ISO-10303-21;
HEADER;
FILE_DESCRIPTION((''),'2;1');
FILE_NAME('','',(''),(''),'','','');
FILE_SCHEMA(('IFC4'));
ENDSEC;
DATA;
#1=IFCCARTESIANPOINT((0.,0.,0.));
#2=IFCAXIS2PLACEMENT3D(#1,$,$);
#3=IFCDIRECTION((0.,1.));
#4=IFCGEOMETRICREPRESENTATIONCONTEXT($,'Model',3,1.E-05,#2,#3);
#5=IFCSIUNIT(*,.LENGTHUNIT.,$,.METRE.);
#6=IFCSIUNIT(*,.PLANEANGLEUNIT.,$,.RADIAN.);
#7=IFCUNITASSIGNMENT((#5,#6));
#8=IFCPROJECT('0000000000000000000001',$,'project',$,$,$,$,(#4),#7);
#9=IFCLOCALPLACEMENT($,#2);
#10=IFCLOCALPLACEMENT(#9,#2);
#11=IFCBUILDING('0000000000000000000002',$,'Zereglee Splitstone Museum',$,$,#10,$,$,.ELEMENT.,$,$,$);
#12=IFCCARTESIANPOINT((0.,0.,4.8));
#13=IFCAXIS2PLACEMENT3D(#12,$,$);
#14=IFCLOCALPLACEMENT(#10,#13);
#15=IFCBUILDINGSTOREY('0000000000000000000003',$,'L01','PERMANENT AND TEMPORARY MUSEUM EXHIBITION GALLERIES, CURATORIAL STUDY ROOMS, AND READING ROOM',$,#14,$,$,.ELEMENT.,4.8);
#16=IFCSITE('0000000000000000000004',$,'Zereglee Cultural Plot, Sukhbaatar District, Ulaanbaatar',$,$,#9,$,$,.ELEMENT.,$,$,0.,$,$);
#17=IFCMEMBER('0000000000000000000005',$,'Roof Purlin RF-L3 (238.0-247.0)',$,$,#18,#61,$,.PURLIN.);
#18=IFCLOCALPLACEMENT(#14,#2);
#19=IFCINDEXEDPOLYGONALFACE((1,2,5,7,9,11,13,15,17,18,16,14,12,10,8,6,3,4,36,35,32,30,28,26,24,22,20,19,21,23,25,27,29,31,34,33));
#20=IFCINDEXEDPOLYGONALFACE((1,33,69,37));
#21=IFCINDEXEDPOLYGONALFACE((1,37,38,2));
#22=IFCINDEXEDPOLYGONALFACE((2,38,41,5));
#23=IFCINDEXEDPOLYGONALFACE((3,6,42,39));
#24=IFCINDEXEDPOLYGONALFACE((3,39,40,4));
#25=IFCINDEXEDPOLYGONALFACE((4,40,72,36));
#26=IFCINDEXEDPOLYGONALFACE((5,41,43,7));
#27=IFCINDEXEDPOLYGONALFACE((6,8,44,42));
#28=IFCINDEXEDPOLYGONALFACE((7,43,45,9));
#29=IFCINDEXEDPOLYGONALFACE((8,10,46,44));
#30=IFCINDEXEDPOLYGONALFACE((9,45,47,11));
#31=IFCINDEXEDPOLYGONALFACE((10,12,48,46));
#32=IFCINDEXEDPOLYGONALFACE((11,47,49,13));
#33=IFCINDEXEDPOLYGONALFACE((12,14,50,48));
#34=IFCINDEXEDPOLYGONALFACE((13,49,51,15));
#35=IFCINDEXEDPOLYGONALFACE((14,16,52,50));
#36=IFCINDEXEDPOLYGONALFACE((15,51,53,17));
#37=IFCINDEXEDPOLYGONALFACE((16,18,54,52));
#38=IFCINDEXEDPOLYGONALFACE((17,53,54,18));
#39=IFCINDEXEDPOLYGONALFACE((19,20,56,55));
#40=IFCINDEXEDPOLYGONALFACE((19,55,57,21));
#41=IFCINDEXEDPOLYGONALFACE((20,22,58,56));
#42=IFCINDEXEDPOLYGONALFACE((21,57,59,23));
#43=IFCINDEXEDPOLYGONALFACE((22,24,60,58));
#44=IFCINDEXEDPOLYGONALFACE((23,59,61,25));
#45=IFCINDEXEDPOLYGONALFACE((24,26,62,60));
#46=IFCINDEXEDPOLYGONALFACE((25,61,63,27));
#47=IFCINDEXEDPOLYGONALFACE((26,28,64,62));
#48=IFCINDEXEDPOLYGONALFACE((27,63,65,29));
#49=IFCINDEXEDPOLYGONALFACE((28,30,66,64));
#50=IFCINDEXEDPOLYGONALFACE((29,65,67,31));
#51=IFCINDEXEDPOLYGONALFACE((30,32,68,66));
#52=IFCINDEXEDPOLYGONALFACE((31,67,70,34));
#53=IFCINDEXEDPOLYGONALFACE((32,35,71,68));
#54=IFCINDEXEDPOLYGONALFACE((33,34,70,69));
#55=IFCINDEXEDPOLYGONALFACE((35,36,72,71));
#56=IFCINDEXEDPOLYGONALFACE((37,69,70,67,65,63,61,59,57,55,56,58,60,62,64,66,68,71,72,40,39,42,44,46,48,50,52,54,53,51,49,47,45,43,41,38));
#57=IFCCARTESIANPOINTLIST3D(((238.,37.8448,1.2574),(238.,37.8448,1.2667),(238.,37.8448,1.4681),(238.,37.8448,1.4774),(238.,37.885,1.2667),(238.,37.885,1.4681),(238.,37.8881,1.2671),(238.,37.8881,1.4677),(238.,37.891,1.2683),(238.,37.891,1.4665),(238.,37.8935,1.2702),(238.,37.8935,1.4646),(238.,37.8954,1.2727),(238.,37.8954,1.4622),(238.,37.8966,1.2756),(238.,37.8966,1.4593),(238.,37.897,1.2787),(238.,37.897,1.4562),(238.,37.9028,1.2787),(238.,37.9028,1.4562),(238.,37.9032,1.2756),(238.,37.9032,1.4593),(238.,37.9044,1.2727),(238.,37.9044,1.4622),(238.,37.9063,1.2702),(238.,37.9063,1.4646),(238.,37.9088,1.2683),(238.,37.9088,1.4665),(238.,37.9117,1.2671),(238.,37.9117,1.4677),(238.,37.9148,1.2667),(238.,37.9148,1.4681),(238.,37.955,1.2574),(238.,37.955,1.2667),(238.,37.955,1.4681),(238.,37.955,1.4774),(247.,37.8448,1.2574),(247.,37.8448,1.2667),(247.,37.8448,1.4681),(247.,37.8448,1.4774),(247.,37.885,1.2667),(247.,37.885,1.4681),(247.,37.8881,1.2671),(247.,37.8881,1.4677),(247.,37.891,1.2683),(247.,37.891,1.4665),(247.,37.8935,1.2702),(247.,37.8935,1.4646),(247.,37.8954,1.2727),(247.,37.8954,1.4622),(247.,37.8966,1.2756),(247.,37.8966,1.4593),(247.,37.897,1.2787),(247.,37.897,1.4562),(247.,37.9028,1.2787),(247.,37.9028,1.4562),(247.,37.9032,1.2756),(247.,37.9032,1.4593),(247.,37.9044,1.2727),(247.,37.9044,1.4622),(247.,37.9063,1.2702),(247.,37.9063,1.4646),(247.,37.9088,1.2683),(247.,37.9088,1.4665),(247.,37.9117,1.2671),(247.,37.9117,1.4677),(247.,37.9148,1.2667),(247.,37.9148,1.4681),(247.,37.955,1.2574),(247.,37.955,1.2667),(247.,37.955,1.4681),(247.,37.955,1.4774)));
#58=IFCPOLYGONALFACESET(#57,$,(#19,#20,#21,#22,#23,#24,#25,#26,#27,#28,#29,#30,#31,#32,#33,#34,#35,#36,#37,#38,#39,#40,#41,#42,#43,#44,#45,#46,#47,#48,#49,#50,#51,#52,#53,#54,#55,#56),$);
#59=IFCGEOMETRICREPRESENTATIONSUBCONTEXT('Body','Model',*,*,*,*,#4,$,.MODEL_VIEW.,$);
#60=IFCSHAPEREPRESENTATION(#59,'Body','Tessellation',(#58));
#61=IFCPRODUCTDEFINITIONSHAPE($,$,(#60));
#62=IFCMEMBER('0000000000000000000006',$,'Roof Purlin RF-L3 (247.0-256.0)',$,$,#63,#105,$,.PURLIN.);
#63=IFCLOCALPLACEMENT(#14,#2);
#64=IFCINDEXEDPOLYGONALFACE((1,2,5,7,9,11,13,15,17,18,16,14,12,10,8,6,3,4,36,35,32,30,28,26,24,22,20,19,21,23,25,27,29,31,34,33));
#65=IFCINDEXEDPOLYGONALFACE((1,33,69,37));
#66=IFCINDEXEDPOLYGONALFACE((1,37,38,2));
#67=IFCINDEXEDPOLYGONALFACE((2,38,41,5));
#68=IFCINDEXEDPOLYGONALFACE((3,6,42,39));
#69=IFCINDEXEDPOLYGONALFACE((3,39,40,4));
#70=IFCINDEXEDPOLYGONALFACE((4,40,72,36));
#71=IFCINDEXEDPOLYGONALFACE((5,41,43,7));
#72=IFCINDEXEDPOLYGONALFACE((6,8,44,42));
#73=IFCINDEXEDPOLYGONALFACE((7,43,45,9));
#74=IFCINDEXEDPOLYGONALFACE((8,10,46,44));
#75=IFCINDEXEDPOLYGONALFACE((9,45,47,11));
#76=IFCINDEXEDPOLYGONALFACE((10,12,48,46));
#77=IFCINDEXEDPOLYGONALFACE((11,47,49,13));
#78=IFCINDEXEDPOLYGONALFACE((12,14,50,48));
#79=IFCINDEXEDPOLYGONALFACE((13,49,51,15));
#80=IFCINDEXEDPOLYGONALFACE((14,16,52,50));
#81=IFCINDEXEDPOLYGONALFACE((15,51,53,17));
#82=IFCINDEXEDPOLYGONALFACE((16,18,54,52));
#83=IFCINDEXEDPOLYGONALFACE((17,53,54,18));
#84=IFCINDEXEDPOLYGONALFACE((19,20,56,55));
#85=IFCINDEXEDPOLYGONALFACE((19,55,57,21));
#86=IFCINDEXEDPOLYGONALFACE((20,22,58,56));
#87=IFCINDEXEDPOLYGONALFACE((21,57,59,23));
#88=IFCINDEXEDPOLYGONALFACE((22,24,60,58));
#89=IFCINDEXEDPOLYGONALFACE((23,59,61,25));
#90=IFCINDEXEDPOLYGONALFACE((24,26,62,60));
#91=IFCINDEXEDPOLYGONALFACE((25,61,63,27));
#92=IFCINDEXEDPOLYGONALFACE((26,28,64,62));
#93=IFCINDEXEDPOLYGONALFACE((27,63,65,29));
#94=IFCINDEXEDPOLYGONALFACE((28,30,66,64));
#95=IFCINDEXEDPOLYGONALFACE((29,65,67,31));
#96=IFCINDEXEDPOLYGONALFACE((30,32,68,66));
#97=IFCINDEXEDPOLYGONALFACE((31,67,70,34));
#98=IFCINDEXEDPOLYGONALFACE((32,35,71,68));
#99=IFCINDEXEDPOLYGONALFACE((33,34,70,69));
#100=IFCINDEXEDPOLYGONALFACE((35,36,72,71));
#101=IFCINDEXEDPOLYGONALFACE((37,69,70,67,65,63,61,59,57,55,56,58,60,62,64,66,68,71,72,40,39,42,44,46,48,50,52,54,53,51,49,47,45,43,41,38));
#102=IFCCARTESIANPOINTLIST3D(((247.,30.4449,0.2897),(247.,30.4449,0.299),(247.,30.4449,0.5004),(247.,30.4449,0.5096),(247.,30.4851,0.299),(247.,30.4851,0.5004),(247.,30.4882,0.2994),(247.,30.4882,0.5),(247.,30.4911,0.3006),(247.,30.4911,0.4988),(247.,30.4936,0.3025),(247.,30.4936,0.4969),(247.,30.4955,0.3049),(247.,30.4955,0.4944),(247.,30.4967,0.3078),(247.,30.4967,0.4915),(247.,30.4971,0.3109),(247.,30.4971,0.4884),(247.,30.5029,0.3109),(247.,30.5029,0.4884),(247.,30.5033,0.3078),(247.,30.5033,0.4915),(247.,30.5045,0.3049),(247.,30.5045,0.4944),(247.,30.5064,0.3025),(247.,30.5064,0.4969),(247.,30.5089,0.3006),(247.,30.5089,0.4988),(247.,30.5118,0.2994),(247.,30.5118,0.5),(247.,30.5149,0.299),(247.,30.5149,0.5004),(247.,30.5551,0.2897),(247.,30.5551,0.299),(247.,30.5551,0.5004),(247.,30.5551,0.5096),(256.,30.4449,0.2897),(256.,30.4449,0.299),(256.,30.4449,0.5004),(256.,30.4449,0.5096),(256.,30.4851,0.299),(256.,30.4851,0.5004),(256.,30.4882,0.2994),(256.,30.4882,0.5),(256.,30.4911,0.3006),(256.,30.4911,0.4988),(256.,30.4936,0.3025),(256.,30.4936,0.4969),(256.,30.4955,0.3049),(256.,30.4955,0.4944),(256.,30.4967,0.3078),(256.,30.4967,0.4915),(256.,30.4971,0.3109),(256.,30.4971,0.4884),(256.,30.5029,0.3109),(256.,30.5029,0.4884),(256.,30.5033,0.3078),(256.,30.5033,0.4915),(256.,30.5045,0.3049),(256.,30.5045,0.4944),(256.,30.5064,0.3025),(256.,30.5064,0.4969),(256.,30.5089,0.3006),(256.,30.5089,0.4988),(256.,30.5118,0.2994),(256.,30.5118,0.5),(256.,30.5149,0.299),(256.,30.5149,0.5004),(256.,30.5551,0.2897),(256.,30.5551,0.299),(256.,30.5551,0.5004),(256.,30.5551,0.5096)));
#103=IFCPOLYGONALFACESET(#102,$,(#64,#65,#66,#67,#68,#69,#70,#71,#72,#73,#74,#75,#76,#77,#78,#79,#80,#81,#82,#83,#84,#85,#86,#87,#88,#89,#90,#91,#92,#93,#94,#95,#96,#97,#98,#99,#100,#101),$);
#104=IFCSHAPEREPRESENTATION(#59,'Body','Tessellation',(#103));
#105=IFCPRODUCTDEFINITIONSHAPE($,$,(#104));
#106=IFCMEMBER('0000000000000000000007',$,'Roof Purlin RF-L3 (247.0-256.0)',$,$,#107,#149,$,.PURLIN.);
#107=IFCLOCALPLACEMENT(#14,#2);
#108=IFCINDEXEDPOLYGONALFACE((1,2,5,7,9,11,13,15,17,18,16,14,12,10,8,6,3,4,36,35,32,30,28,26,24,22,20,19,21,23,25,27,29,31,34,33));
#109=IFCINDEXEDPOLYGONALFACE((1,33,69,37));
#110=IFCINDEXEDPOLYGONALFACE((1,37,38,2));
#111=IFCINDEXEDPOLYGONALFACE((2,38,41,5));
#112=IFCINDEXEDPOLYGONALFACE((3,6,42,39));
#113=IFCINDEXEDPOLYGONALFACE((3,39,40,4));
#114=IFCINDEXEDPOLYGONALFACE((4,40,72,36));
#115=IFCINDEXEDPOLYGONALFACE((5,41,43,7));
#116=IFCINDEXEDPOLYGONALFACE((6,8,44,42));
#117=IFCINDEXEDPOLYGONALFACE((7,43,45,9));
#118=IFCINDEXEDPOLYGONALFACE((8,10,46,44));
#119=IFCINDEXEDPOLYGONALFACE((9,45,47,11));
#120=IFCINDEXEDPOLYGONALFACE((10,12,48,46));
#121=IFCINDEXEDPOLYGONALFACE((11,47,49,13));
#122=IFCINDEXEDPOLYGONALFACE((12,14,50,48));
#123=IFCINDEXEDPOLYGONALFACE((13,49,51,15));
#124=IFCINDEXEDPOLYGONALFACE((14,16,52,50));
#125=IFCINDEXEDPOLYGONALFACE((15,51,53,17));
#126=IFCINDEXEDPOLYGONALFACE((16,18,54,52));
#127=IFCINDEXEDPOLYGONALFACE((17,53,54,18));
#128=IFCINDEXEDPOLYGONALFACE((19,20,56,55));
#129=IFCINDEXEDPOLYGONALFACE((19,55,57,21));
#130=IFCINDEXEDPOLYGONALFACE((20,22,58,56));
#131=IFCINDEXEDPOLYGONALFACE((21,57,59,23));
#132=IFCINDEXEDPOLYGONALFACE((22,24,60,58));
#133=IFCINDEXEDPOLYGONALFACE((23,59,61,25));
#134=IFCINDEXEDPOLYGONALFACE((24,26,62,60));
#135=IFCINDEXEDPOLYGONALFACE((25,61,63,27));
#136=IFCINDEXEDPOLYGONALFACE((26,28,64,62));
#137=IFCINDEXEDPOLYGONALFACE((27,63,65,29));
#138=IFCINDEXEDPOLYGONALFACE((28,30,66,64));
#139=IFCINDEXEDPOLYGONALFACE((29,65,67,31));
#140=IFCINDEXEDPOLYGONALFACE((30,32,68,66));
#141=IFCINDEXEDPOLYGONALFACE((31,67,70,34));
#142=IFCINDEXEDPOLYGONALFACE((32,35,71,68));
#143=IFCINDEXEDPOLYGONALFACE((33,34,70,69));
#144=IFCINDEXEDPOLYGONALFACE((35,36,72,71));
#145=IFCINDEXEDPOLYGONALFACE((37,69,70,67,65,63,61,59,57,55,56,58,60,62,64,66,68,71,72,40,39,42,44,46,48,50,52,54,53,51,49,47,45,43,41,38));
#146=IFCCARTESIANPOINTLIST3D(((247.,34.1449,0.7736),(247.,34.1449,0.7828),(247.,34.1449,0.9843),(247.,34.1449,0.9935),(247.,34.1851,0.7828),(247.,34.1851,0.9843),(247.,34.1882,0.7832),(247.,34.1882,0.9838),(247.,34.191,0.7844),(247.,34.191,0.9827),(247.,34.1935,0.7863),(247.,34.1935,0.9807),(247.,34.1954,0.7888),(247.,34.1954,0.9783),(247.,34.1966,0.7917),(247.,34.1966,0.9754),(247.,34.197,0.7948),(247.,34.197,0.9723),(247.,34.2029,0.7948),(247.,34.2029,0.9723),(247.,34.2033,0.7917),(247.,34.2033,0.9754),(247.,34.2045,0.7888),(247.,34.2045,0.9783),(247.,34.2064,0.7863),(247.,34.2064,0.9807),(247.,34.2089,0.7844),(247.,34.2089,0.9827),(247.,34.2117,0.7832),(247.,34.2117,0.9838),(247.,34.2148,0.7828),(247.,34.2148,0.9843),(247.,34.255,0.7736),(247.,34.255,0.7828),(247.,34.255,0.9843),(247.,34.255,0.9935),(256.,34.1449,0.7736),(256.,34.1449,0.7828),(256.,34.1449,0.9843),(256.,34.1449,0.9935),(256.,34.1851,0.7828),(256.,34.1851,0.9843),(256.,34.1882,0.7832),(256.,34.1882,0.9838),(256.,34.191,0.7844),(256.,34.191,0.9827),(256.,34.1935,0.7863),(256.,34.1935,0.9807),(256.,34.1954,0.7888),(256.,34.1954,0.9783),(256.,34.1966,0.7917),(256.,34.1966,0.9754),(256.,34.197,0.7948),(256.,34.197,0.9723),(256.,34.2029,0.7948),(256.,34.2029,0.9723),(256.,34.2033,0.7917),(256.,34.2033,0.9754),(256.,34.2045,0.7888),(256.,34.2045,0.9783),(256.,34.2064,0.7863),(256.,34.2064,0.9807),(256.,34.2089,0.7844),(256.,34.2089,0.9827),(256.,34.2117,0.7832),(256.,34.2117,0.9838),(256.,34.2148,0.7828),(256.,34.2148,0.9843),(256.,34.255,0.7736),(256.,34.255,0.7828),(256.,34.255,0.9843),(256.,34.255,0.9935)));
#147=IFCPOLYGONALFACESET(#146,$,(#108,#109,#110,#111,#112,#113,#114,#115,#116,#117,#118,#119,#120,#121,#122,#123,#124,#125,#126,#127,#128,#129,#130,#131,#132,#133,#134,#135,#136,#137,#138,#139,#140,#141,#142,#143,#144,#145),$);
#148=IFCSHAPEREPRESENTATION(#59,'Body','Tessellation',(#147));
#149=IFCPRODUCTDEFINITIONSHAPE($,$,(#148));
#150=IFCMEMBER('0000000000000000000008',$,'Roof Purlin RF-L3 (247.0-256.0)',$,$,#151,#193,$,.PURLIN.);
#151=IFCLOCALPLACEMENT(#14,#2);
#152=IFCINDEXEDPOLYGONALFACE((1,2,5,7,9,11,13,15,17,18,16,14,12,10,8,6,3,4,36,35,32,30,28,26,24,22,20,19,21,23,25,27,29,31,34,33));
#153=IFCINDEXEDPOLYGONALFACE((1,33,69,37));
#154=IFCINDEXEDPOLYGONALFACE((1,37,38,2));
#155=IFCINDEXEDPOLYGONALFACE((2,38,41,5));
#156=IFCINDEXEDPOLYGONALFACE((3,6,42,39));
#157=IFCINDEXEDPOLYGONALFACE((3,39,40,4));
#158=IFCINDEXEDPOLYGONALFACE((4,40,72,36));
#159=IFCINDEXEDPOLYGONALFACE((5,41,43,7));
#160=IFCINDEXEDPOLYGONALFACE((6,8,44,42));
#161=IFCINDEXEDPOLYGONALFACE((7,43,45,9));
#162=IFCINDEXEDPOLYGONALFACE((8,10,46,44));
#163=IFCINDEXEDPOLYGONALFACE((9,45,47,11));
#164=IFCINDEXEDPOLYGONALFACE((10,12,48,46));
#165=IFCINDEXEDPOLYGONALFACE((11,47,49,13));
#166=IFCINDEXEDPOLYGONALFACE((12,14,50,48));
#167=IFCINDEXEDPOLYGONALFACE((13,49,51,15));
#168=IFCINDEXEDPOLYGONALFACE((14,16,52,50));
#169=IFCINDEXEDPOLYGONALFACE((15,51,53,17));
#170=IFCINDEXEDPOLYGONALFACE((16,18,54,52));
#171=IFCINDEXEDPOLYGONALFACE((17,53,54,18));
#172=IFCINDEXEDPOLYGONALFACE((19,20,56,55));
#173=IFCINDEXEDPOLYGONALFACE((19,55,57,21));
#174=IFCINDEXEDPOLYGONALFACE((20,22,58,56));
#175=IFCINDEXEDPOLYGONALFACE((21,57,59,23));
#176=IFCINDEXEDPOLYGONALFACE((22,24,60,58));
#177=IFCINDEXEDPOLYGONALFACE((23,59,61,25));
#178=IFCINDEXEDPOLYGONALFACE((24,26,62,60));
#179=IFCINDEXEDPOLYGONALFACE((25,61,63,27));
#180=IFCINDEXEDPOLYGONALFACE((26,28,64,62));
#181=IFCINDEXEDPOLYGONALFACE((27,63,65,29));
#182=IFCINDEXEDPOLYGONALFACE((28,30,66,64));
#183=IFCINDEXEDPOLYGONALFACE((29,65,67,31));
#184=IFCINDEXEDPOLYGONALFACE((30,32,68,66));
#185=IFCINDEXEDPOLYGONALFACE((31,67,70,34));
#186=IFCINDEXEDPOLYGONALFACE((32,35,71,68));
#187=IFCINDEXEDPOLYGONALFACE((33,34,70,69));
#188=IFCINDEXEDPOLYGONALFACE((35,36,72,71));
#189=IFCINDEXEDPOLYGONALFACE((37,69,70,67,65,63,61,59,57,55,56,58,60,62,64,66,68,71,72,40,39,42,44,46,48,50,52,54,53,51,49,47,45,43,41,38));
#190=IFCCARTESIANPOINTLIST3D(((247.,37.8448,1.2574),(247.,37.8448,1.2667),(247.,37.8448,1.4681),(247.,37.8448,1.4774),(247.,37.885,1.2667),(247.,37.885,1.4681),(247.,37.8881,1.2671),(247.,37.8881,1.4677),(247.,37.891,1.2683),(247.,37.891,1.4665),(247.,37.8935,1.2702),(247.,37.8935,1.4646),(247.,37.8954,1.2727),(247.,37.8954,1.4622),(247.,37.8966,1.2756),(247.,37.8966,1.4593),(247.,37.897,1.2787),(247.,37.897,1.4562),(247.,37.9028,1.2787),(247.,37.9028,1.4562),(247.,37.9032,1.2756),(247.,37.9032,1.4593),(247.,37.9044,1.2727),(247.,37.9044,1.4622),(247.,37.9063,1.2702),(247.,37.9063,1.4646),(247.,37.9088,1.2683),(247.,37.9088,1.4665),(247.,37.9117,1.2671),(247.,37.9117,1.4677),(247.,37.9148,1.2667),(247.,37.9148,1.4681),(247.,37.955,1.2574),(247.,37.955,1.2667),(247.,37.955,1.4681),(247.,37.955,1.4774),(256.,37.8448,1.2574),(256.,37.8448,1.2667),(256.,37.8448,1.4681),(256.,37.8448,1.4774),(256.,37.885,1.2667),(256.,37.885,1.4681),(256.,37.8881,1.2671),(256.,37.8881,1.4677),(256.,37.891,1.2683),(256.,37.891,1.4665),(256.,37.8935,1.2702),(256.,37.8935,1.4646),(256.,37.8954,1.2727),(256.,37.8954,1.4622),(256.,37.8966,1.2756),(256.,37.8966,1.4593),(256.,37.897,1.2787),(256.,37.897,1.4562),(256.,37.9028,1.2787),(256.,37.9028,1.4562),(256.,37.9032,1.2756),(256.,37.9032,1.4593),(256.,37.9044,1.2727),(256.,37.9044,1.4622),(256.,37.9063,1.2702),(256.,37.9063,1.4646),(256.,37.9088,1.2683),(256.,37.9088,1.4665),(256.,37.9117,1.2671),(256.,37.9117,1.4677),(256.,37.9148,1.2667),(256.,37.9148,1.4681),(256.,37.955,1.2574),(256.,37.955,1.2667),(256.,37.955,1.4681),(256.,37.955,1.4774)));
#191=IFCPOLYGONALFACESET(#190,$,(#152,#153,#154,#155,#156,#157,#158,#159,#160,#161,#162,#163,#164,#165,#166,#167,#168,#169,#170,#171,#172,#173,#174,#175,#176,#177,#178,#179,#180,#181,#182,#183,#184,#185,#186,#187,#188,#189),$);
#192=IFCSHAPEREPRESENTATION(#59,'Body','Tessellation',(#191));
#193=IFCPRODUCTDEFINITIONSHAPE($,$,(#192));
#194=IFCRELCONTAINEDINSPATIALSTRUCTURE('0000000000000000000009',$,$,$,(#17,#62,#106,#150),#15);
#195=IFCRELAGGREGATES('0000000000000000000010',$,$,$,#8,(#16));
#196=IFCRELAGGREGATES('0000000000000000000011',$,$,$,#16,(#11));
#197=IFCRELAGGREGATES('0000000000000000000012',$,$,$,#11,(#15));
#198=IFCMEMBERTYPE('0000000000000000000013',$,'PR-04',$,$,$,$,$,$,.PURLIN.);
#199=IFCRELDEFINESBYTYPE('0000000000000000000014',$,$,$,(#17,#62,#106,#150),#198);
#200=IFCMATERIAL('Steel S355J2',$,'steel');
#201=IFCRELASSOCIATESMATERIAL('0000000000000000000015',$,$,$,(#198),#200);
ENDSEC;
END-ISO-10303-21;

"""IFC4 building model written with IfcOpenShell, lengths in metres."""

from ifc_helpers import new_model, si_unit, direction, frame, origin, origin_2d, place, context, subcontext, project, spatial, i_section, extrude, material, material_profile, profile_set, type_object, element, save


model = new_model("IFC4")

# Units and contexts
model_context = context("Model", 3, precision=1e-05, world=origin(), true_north=direction((0.0, 1.0)))
body_context = subcontext(model_context, "Body", "Model", "MODEL_VIEW")
ifc_project = project(units=[si_unit("LENGTHUNIT", "METRE"), si_unit("PLANEANGLEUNIT", "RADIAN")], contexts=[model_context])

# Site, building, storey
site_placement = place(None, origin())
site = spatial("IfcSite", under=ifc_project, at=site_placement, Name="Zereglee Cultural Plot, Sukhbaatar District, Ulaanbaatar", CompositionType="ELEMENT", RefElevation=0.0)
building_placement = place(site_placement, origin())
building = spatial("IfcBuilding", under=site, at=building_placement, Name="Zereglee Splitstone Museum", CompositionType="ELEMENT")
storey_placement = place(building_placement, frame((0.0, 0.0, 4.8)))
storey = spatial("IfcBuildingStorey", under=building, at=storey_placement, Name="L01", Description="PERMANENT AND TEMPORARY MUSEUM EXHIBITION GALLERIES, CURATORIAL STUDY ROOMS, AND READING ROOM", CompositionType="ELEMENT", Elevation=4.8)

# Shared definitions
ifc_material_1 = material(Name="Steel S355J2", Category="steel")

# Members
ifc_material_profile_1 = material_profile(ifc_material_1, i_section(OverallWidth=0.1101, OverallDepth=0.22, WebThickness=0.0059, FlangeThickness=0.0093, FilletRadius=0.012, at=origin_2d()), Name="IPE 220")
ifc_profile_set_1 = profile_set([ifc_material_profile_1], Name="Steel S355J2")
member_type = type_object("IfcMemberType", Name="PR-04", PredefinedType="PURLIN", material=ifc_profile_set_1)
for number, where, z_axis, x_axis, name in (
    (1, (238.0, 37.8999, 1.3674), (1.0, 0.0, 0.0), (0.0, 1.0, 0.0), "Roof Purlin RF-L3 (238.0-247.0)"),
    (2, (247.0, 30.5, 0.3997), (1.0, 0.0, 0.0), (0.0, 1.0, 0.0), "Roof Purlin RF-L3 (247.0-256.0)"),
    (3, (247.0, 34.2, 0.8835), (1.0, 0.0, 0.0), (0.0, 1.0, 0.0), "Roof Purlin RF-L3 (247.0-256.0)"),
    (4, (247.0, 37.8999, 1.3674), (1.0, 0.0, 0.0), (0.0, 1.0, 0.0), "Roof Purlin RF-L3 (247.0-256.0)"),
):
    element("IfcMember", number, at=place(storey_placement, frame(where, z_axis=z_axis, x_axis=x_axis)), inside=storey, type_object=member_type, Name=name, PredefinedType="PURLIN", context=body_context, shape_type="SweptSolid", body=[
        extrude(i_section(OverallWidth=0.1101, OverallDepth=0.22, WebThickness=0.0059, FlangeThickness=0.0093, FilletRadius=0.012, at=origin_2d()), origin(), (0.0, 0.0, 1.0), 9.0),
    ])

save(model, "model.ifc")
